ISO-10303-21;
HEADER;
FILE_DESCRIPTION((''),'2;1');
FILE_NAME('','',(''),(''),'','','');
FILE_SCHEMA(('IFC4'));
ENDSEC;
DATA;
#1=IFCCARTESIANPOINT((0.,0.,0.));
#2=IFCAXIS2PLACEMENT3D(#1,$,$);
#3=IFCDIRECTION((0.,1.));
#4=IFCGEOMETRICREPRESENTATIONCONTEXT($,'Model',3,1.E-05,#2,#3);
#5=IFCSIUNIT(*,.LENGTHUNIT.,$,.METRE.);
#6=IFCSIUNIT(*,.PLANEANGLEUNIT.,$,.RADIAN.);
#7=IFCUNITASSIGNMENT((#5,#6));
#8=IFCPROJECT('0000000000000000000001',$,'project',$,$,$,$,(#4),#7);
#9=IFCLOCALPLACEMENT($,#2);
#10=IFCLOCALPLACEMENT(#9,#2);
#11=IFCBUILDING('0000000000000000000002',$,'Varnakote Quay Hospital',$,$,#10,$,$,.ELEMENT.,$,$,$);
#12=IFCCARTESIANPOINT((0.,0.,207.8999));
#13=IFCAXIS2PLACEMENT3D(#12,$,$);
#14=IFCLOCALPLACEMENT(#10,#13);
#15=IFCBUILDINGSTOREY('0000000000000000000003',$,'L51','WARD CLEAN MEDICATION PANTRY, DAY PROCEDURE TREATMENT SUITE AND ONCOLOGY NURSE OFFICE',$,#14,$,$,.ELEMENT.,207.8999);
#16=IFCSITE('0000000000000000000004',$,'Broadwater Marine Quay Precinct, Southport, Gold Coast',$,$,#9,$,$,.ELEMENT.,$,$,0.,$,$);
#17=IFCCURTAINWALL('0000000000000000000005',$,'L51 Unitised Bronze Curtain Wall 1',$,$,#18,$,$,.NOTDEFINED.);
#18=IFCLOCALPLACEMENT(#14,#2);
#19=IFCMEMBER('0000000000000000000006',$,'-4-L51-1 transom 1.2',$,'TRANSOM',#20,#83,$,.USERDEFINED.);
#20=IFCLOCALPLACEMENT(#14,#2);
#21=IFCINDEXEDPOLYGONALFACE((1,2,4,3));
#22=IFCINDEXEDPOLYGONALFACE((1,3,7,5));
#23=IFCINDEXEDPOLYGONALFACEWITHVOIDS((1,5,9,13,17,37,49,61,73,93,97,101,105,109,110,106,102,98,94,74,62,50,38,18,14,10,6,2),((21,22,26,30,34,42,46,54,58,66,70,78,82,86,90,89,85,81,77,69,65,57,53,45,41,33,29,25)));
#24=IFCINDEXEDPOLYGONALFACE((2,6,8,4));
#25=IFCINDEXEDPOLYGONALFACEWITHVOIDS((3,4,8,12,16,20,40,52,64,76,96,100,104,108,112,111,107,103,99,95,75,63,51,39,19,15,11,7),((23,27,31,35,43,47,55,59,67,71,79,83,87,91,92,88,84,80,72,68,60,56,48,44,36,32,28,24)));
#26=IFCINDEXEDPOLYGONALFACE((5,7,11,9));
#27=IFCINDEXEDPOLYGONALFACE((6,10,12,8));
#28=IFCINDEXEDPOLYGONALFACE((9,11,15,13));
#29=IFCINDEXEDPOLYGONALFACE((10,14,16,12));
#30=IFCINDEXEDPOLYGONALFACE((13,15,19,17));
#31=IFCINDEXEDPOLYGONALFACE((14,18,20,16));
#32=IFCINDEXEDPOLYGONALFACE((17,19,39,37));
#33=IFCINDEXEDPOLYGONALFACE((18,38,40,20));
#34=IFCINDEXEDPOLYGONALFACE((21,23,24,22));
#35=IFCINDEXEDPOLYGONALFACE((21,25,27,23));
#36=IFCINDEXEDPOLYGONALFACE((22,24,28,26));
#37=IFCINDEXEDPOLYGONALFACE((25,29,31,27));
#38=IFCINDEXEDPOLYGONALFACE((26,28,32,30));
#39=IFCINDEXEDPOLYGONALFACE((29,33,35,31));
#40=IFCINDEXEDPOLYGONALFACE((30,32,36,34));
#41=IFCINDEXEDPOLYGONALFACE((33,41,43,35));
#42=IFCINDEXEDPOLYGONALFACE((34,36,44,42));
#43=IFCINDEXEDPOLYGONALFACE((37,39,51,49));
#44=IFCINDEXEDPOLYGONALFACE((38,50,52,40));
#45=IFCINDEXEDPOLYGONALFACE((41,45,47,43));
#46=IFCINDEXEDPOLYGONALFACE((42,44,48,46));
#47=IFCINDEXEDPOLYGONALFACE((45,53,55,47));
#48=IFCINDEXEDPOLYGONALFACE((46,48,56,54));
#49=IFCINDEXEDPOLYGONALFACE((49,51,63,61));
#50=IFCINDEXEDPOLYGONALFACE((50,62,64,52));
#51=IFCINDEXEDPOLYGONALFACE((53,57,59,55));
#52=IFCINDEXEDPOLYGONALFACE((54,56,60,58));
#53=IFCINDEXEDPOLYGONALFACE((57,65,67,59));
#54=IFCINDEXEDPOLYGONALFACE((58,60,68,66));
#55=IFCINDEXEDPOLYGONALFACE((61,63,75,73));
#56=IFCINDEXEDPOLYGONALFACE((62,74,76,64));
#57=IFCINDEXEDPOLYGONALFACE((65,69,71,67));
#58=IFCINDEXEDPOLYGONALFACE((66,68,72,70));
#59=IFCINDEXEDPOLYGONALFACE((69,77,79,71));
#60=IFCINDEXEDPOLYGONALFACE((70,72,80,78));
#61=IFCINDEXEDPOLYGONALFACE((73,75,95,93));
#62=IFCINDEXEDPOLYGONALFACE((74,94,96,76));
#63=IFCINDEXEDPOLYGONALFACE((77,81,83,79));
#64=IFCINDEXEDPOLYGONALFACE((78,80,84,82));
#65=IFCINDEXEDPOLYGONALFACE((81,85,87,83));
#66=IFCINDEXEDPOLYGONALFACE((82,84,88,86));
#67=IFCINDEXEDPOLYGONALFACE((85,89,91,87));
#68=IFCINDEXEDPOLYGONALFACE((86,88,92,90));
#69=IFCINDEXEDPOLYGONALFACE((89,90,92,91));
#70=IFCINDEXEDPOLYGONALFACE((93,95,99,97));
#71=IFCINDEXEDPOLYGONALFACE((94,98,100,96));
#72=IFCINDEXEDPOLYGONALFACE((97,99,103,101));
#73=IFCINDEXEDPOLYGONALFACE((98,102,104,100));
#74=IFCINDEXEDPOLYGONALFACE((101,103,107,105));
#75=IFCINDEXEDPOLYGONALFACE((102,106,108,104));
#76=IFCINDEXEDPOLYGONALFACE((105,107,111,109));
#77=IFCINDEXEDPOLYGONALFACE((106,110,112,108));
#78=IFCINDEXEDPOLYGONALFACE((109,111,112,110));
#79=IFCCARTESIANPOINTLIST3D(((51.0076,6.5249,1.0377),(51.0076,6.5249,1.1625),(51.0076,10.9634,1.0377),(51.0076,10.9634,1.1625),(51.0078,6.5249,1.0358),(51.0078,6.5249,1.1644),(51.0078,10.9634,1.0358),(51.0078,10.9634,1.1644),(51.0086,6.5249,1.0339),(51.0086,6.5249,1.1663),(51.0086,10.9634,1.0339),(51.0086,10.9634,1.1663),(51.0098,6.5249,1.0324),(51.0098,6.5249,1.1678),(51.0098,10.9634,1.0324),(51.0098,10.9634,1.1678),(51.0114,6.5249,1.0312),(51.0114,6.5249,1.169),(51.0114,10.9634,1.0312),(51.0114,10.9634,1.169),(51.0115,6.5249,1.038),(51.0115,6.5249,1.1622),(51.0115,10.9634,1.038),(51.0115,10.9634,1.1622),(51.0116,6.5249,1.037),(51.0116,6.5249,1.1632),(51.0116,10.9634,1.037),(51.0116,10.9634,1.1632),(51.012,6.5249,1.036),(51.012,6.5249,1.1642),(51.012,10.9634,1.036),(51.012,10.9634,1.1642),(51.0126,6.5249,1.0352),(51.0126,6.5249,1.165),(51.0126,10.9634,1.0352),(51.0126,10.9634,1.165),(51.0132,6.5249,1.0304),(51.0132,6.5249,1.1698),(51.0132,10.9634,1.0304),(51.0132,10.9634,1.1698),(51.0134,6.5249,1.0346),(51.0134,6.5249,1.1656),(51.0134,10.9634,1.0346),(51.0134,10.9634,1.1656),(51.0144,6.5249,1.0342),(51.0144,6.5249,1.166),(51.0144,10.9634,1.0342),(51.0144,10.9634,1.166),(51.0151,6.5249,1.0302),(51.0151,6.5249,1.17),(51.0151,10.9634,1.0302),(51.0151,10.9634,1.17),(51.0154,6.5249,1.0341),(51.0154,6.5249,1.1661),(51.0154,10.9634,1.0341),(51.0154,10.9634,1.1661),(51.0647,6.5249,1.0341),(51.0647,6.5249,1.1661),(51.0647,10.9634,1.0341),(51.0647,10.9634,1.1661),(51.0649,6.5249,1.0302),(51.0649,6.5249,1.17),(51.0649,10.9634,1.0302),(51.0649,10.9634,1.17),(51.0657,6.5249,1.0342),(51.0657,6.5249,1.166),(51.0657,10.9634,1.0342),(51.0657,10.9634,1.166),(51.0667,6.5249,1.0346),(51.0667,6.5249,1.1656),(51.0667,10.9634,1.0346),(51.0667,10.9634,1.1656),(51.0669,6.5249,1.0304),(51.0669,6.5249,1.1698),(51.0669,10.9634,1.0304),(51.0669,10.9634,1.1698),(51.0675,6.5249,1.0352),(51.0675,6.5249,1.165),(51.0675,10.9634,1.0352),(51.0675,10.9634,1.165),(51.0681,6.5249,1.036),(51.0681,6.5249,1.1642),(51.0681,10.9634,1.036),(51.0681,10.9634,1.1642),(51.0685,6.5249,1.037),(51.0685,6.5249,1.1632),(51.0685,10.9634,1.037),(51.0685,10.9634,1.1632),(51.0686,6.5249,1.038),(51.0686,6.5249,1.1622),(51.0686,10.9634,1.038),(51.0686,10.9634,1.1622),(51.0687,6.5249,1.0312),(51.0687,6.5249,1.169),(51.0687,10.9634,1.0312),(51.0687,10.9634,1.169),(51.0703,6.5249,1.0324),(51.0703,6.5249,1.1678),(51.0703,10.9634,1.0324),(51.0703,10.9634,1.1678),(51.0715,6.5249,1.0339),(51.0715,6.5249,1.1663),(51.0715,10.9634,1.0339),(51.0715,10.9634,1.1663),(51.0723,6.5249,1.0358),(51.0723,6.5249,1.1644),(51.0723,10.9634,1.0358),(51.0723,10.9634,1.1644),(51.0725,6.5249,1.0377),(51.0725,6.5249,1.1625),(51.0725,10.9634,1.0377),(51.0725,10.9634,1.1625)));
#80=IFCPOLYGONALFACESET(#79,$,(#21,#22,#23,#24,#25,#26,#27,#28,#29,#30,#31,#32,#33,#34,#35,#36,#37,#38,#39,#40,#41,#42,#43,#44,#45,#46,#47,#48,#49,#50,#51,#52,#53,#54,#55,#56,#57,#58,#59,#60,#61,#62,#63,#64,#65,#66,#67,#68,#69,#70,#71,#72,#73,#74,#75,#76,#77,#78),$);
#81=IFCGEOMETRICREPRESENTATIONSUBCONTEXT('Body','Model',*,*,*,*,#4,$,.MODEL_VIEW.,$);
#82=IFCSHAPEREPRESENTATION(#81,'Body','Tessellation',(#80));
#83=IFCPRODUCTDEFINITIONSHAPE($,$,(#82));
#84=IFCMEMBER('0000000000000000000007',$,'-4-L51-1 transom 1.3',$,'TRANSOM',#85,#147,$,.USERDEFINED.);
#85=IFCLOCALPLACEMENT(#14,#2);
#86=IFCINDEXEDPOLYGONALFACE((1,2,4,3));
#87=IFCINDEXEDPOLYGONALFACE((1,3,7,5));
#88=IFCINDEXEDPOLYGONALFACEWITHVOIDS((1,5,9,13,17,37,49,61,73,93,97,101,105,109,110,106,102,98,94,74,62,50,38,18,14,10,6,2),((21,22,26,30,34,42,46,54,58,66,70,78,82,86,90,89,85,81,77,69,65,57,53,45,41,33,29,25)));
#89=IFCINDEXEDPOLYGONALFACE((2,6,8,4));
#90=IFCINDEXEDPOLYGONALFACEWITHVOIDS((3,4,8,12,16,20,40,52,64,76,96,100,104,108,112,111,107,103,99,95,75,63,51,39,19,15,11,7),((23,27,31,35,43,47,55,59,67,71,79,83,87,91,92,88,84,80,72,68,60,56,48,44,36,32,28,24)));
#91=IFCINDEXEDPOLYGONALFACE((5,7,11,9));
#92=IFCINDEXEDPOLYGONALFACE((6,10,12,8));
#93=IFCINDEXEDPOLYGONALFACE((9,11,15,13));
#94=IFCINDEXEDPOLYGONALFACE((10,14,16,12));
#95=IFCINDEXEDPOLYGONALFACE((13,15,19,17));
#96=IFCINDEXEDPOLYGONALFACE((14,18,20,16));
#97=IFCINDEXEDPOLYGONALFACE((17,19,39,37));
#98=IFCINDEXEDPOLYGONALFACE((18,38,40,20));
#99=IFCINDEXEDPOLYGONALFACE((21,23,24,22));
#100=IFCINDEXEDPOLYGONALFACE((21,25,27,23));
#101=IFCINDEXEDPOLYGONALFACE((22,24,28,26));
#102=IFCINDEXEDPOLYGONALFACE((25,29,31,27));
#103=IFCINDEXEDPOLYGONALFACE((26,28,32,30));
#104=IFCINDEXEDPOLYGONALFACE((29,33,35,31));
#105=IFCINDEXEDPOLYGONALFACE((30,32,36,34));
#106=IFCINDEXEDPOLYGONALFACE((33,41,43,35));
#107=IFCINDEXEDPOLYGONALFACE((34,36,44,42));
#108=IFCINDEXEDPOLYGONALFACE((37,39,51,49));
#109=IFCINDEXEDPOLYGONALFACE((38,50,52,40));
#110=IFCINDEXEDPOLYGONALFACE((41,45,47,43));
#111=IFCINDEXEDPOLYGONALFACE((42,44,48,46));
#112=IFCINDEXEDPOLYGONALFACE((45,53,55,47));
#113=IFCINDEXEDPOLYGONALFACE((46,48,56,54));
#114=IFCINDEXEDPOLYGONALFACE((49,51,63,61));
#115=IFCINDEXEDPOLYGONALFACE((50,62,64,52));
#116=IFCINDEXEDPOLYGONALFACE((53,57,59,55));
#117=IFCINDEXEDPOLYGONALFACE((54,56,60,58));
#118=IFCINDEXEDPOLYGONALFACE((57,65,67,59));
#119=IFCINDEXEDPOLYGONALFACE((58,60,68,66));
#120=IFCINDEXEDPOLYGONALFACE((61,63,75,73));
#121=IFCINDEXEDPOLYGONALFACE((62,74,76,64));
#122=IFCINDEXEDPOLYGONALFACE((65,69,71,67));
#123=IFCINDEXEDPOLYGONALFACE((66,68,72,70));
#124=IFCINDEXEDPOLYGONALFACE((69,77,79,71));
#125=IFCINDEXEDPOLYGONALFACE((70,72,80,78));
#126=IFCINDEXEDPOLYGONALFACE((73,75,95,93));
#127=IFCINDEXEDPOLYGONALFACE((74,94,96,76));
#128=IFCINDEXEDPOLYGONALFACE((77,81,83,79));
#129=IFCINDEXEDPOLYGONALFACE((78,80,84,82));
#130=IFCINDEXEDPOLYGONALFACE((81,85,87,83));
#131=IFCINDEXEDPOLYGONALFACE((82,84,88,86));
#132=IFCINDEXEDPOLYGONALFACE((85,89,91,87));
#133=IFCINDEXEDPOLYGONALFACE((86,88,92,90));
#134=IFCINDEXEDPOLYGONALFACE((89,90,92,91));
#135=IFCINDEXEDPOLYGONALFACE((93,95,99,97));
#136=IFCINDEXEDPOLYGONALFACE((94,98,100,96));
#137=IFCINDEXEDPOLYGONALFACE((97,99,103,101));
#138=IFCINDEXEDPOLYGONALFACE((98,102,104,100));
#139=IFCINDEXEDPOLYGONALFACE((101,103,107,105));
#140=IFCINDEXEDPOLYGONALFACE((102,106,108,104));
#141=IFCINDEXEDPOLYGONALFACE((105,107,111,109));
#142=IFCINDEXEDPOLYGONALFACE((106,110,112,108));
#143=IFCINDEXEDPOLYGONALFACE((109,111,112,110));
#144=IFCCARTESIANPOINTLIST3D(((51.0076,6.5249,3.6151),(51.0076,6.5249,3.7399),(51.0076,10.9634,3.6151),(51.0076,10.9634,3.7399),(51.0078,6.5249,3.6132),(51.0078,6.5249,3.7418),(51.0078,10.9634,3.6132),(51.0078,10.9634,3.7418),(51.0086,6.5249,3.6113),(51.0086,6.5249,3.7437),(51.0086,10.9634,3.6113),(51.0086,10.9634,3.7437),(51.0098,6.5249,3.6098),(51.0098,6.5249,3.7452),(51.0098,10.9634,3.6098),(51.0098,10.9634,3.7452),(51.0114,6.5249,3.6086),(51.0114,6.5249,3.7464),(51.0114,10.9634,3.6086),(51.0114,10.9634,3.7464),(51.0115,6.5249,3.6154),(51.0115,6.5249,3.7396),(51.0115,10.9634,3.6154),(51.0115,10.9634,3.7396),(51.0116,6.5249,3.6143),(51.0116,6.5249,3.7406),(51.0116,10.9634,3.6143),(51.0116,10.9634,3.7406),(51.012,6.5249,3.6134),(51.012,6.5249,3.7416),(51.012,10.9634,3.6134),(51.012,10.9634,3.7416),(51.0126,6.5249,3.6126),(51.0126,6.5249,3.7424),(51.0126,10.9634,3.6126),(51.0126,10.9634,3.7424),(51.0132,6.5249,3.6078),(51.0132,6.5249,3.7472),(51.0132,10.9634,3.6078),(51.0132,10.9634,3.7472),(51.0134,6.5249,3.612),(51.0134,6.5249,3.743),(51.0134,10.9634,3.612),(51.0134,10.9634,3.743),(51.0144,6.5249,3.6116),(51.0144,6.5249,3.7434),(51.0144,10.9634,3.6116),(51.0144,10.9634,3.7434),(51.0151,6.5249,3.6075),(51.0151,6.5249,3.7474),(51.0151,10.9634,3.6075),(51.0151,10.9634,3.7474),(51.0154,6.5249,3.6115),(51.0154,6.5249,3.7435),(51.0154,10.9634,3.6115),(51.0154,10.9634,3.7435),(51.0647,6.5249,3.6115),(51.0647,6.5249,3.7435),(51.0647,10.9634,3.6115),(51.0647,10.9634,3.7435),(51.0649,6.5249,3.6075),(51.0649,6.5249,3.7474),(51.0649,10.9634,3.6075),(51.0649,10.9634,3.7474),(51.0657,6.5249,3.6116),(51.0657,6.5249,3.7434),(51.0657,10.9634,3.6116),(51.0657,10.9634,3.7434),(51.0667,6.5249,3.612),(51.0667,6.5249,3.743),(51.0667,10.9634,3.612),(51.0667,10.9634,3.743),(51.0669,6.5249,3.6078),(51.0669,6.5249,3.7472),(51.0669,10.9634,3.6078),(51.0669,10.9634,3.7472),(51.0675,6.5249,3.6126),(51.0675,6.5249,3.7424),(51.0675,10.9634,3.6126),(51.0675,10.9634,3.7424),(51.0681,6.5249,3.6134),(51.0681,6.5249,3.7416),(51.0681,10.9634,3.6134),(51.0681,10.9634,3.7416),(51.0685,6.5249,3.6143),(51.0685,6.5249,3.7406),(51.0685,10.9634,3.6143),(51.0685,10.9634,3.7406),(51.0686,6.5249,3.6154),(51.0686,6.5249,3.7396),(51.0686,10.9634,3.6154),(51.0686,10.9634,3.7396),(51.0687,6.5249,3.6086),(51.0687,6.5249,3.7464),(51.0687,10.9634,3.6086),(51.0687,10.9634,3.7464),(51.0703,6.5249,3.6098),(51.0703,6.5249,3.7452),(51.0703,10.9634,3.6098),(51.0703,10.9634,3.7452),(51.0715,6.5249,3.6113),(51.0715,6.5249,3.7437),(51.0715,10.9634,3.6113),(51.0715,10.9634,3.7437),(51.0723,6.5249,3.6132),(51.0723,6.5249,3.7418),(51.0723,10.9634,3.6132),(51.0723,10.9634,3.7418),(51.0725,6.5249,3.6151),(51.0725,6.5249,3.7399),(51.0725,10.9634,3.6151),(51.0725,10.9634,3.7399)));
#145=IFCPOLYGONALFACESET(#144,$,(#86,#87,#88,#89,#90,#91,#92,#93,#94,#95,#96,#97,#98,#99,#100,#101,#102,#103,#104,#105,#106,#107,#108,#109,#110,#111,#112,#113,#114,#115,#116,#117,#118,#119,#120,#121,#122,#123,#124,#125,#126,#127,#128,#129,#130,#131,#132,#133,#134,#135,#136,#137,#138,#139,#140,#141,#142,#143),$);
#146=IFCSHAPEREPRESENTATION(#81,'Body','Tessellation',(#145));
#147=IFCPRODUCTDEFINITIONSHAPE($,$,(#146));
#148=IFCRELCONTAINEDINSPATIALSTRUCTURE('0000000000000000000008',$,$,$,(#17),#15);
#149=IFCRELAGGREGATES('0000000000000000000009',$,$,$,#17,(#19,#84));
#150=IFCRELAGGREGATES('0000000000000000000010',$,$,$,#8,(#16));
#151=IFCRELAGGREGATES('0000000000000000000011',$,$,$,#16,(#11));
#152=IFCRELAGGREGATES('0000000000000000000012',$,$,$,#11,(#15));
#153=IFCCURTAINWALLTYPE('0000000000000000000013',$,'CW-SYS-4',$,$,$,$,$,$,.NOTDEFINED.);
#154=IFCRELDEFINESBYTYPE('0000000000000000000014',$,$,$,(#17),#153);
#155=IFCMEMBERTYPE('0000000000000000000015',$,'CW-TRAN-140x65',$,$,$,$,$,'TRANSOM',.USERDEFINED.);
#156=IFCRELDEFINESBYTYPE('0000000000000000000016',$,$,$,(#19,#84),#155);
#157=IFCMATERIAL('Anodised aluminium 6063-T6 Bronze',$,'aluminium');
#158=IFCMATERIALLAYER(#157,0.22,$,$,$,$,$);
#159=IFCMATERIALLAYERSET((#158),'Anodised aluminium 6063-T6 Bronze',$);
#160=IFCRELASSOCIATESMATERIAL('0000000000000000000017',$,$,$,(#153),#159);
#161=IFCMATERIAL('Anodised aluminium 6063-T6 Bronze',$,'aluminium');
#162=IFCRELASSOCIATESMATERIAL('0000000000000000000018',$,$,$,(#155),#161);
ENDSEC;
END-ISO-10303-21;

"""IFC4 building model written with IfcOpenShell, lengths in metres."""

from ifc_helpers import new_model, si_unit, direction, frame, origin, origin_2d, place, context, subcontext, project, spatial, hollow_rectangle, extrude, material, layer, layer_set, material_profile, profile_set, type_object, element, aggregate, save


model = new_model("IFC4")

# Units and contexts
model_context = context("Model", 3, precision=1e-05, world=origin(), true_north=direction((0.0, 1.0)))
body_context = subcontext(model_context, "Body", "Model", "MODEL_VIEW")
ifc_project = project(units=[si_unit("LENGTHUNIT", "METRE"), si_unit("PLANEANGLEUNIT", "RADIAN")], contexts=[model_context])

# Site, building, storey
site_placement = place(None, origin())
site = spatial("IfcSite", under=ifc_project, at=site_placement, Name="Broadwater Marine Quay Precinct, Southport, Gold Coast", CompositionType="ELEMENT", RefElevation=0.0)
building_placement = place(site_placement, origin())
building = spatial("IfcBuilding", under=site, at=building_placement, Name="Varnakote Quay Hospital", CompositionType="ELEMENT")
storey_placement = place(building_placement, frame((0.0, 0.0, 207.8999)))
storey = spatial("IfcBuildingStorey", under=building, at=storey_placement, Name="L51", Description="WARD CLEAN MEDICATION PANTRY, DAY PROCEDURE TREATMENT SUITE AND ONCOLOGY NURSE OFFICE", CompositionType="ELEMENT", Elevation=207.8999)

# Curtain wall, members
ifc_material_1 = material(Name="Anodised aluminium 6063-T6 Bronze", Category="aluminium")
ifc_layer_1 = layer(ifc_material_1, 0.22)
ifc_layer_set_1 = layer_set([ifc_layer_1], Name="Anodised aluminium 6063-T6 Bronze")
curtain_wall_type = type_object("IfcCurtainWallType", Name="CW-SYS-4", PredefinedType="NOTDEFINED", material=ifc_layer_set_1)
curtain_wall_placement = place(storey_placement, origin())
curtain_wall = element("IfcCurtainWall", 1, at=curtain_wall_placement, inside=storey, type_object=curtain_wall_type, Name="L51 Unitised Bronze Curtain Wall 1", PredefinedType="NOTDEFINED")
ifc_material_2 = material(Name="Anodised aluminium 6063-T6 Bronze", Category="aluminium")
ifc_material_profile_1 = material_profile(ifc_material_2, hollow_rectangle(XDim=0.0649, YDim=0.1399, WallThickness=0.0039, InnerFilletRadius=0.0039, OuterFilletRadius=0.0076, at=origin_2d()), Name="CW-TRAN-140x65")
ifc_profile_set_1 = profile_set([ifc_material_profile_1], Name="Anodised aluminium 6063-T6 Bronze")
member_type_1 = type_object("IfcMemberType", Name="CW-TRAN-140x65", ElementType="TRANSOM", PredefinedType="USERDEFINED", material=ifc_profile_set_1)
member_1_placement = place(storey_placement, frame((51.04, 6.5249, 1.1001), z_axis=(0.0, 1.0, 0.0), x_axis=(-1.0, 0.0, 0.0)))
member_1 = element("IfcMember", 2, at=member_1_placement, type_object=member_type_1, Name="-4-L51-1 transom 1.2", ObjectType="TRANSOM", PredefinedType="USERDEFINED", context=body_context, shape_type="SweptSolid", body=[
    extrude(hollow_rectangle(XDim=0.0649, YDim=0.1399, WallThickness=0.0039, InnerFilletRadius=0.0039, OuterFilletRadius=0.0076, at=origin_2d()), origin(), (0.0, 0.0, 1.0), 4.4385),
])
member_2_placement = place(storey_placement, frame((51.04, 6.5249, 3.6775), z_axis=(0.0, 1.0, 0.0), x_axis=(-1.0, 0.0, 0.0)))
member_2 = element("IfcMember", 3, at=member_2_placement, type_object=member_type_1, Name="-4-L51-1 transom 1.3", ObjectType="TRANSOM", PredefinedType="USERDEFINED", context=body_context, shape_type="SweptSolid", body=[
    extrude(hollow_rectangle(XDim=0.0649, YDim=0.1399, WallThickness=0.0039, InnerFilletRadius=0.0039, OuterFilletRadius=0.0076, at=origin_2d()), origin(), (0.0, 0.0, 1.0), 4.4385),
])
aggregate(curtain_wall, [member_1, member_2])

save(model, "model.ifc")
